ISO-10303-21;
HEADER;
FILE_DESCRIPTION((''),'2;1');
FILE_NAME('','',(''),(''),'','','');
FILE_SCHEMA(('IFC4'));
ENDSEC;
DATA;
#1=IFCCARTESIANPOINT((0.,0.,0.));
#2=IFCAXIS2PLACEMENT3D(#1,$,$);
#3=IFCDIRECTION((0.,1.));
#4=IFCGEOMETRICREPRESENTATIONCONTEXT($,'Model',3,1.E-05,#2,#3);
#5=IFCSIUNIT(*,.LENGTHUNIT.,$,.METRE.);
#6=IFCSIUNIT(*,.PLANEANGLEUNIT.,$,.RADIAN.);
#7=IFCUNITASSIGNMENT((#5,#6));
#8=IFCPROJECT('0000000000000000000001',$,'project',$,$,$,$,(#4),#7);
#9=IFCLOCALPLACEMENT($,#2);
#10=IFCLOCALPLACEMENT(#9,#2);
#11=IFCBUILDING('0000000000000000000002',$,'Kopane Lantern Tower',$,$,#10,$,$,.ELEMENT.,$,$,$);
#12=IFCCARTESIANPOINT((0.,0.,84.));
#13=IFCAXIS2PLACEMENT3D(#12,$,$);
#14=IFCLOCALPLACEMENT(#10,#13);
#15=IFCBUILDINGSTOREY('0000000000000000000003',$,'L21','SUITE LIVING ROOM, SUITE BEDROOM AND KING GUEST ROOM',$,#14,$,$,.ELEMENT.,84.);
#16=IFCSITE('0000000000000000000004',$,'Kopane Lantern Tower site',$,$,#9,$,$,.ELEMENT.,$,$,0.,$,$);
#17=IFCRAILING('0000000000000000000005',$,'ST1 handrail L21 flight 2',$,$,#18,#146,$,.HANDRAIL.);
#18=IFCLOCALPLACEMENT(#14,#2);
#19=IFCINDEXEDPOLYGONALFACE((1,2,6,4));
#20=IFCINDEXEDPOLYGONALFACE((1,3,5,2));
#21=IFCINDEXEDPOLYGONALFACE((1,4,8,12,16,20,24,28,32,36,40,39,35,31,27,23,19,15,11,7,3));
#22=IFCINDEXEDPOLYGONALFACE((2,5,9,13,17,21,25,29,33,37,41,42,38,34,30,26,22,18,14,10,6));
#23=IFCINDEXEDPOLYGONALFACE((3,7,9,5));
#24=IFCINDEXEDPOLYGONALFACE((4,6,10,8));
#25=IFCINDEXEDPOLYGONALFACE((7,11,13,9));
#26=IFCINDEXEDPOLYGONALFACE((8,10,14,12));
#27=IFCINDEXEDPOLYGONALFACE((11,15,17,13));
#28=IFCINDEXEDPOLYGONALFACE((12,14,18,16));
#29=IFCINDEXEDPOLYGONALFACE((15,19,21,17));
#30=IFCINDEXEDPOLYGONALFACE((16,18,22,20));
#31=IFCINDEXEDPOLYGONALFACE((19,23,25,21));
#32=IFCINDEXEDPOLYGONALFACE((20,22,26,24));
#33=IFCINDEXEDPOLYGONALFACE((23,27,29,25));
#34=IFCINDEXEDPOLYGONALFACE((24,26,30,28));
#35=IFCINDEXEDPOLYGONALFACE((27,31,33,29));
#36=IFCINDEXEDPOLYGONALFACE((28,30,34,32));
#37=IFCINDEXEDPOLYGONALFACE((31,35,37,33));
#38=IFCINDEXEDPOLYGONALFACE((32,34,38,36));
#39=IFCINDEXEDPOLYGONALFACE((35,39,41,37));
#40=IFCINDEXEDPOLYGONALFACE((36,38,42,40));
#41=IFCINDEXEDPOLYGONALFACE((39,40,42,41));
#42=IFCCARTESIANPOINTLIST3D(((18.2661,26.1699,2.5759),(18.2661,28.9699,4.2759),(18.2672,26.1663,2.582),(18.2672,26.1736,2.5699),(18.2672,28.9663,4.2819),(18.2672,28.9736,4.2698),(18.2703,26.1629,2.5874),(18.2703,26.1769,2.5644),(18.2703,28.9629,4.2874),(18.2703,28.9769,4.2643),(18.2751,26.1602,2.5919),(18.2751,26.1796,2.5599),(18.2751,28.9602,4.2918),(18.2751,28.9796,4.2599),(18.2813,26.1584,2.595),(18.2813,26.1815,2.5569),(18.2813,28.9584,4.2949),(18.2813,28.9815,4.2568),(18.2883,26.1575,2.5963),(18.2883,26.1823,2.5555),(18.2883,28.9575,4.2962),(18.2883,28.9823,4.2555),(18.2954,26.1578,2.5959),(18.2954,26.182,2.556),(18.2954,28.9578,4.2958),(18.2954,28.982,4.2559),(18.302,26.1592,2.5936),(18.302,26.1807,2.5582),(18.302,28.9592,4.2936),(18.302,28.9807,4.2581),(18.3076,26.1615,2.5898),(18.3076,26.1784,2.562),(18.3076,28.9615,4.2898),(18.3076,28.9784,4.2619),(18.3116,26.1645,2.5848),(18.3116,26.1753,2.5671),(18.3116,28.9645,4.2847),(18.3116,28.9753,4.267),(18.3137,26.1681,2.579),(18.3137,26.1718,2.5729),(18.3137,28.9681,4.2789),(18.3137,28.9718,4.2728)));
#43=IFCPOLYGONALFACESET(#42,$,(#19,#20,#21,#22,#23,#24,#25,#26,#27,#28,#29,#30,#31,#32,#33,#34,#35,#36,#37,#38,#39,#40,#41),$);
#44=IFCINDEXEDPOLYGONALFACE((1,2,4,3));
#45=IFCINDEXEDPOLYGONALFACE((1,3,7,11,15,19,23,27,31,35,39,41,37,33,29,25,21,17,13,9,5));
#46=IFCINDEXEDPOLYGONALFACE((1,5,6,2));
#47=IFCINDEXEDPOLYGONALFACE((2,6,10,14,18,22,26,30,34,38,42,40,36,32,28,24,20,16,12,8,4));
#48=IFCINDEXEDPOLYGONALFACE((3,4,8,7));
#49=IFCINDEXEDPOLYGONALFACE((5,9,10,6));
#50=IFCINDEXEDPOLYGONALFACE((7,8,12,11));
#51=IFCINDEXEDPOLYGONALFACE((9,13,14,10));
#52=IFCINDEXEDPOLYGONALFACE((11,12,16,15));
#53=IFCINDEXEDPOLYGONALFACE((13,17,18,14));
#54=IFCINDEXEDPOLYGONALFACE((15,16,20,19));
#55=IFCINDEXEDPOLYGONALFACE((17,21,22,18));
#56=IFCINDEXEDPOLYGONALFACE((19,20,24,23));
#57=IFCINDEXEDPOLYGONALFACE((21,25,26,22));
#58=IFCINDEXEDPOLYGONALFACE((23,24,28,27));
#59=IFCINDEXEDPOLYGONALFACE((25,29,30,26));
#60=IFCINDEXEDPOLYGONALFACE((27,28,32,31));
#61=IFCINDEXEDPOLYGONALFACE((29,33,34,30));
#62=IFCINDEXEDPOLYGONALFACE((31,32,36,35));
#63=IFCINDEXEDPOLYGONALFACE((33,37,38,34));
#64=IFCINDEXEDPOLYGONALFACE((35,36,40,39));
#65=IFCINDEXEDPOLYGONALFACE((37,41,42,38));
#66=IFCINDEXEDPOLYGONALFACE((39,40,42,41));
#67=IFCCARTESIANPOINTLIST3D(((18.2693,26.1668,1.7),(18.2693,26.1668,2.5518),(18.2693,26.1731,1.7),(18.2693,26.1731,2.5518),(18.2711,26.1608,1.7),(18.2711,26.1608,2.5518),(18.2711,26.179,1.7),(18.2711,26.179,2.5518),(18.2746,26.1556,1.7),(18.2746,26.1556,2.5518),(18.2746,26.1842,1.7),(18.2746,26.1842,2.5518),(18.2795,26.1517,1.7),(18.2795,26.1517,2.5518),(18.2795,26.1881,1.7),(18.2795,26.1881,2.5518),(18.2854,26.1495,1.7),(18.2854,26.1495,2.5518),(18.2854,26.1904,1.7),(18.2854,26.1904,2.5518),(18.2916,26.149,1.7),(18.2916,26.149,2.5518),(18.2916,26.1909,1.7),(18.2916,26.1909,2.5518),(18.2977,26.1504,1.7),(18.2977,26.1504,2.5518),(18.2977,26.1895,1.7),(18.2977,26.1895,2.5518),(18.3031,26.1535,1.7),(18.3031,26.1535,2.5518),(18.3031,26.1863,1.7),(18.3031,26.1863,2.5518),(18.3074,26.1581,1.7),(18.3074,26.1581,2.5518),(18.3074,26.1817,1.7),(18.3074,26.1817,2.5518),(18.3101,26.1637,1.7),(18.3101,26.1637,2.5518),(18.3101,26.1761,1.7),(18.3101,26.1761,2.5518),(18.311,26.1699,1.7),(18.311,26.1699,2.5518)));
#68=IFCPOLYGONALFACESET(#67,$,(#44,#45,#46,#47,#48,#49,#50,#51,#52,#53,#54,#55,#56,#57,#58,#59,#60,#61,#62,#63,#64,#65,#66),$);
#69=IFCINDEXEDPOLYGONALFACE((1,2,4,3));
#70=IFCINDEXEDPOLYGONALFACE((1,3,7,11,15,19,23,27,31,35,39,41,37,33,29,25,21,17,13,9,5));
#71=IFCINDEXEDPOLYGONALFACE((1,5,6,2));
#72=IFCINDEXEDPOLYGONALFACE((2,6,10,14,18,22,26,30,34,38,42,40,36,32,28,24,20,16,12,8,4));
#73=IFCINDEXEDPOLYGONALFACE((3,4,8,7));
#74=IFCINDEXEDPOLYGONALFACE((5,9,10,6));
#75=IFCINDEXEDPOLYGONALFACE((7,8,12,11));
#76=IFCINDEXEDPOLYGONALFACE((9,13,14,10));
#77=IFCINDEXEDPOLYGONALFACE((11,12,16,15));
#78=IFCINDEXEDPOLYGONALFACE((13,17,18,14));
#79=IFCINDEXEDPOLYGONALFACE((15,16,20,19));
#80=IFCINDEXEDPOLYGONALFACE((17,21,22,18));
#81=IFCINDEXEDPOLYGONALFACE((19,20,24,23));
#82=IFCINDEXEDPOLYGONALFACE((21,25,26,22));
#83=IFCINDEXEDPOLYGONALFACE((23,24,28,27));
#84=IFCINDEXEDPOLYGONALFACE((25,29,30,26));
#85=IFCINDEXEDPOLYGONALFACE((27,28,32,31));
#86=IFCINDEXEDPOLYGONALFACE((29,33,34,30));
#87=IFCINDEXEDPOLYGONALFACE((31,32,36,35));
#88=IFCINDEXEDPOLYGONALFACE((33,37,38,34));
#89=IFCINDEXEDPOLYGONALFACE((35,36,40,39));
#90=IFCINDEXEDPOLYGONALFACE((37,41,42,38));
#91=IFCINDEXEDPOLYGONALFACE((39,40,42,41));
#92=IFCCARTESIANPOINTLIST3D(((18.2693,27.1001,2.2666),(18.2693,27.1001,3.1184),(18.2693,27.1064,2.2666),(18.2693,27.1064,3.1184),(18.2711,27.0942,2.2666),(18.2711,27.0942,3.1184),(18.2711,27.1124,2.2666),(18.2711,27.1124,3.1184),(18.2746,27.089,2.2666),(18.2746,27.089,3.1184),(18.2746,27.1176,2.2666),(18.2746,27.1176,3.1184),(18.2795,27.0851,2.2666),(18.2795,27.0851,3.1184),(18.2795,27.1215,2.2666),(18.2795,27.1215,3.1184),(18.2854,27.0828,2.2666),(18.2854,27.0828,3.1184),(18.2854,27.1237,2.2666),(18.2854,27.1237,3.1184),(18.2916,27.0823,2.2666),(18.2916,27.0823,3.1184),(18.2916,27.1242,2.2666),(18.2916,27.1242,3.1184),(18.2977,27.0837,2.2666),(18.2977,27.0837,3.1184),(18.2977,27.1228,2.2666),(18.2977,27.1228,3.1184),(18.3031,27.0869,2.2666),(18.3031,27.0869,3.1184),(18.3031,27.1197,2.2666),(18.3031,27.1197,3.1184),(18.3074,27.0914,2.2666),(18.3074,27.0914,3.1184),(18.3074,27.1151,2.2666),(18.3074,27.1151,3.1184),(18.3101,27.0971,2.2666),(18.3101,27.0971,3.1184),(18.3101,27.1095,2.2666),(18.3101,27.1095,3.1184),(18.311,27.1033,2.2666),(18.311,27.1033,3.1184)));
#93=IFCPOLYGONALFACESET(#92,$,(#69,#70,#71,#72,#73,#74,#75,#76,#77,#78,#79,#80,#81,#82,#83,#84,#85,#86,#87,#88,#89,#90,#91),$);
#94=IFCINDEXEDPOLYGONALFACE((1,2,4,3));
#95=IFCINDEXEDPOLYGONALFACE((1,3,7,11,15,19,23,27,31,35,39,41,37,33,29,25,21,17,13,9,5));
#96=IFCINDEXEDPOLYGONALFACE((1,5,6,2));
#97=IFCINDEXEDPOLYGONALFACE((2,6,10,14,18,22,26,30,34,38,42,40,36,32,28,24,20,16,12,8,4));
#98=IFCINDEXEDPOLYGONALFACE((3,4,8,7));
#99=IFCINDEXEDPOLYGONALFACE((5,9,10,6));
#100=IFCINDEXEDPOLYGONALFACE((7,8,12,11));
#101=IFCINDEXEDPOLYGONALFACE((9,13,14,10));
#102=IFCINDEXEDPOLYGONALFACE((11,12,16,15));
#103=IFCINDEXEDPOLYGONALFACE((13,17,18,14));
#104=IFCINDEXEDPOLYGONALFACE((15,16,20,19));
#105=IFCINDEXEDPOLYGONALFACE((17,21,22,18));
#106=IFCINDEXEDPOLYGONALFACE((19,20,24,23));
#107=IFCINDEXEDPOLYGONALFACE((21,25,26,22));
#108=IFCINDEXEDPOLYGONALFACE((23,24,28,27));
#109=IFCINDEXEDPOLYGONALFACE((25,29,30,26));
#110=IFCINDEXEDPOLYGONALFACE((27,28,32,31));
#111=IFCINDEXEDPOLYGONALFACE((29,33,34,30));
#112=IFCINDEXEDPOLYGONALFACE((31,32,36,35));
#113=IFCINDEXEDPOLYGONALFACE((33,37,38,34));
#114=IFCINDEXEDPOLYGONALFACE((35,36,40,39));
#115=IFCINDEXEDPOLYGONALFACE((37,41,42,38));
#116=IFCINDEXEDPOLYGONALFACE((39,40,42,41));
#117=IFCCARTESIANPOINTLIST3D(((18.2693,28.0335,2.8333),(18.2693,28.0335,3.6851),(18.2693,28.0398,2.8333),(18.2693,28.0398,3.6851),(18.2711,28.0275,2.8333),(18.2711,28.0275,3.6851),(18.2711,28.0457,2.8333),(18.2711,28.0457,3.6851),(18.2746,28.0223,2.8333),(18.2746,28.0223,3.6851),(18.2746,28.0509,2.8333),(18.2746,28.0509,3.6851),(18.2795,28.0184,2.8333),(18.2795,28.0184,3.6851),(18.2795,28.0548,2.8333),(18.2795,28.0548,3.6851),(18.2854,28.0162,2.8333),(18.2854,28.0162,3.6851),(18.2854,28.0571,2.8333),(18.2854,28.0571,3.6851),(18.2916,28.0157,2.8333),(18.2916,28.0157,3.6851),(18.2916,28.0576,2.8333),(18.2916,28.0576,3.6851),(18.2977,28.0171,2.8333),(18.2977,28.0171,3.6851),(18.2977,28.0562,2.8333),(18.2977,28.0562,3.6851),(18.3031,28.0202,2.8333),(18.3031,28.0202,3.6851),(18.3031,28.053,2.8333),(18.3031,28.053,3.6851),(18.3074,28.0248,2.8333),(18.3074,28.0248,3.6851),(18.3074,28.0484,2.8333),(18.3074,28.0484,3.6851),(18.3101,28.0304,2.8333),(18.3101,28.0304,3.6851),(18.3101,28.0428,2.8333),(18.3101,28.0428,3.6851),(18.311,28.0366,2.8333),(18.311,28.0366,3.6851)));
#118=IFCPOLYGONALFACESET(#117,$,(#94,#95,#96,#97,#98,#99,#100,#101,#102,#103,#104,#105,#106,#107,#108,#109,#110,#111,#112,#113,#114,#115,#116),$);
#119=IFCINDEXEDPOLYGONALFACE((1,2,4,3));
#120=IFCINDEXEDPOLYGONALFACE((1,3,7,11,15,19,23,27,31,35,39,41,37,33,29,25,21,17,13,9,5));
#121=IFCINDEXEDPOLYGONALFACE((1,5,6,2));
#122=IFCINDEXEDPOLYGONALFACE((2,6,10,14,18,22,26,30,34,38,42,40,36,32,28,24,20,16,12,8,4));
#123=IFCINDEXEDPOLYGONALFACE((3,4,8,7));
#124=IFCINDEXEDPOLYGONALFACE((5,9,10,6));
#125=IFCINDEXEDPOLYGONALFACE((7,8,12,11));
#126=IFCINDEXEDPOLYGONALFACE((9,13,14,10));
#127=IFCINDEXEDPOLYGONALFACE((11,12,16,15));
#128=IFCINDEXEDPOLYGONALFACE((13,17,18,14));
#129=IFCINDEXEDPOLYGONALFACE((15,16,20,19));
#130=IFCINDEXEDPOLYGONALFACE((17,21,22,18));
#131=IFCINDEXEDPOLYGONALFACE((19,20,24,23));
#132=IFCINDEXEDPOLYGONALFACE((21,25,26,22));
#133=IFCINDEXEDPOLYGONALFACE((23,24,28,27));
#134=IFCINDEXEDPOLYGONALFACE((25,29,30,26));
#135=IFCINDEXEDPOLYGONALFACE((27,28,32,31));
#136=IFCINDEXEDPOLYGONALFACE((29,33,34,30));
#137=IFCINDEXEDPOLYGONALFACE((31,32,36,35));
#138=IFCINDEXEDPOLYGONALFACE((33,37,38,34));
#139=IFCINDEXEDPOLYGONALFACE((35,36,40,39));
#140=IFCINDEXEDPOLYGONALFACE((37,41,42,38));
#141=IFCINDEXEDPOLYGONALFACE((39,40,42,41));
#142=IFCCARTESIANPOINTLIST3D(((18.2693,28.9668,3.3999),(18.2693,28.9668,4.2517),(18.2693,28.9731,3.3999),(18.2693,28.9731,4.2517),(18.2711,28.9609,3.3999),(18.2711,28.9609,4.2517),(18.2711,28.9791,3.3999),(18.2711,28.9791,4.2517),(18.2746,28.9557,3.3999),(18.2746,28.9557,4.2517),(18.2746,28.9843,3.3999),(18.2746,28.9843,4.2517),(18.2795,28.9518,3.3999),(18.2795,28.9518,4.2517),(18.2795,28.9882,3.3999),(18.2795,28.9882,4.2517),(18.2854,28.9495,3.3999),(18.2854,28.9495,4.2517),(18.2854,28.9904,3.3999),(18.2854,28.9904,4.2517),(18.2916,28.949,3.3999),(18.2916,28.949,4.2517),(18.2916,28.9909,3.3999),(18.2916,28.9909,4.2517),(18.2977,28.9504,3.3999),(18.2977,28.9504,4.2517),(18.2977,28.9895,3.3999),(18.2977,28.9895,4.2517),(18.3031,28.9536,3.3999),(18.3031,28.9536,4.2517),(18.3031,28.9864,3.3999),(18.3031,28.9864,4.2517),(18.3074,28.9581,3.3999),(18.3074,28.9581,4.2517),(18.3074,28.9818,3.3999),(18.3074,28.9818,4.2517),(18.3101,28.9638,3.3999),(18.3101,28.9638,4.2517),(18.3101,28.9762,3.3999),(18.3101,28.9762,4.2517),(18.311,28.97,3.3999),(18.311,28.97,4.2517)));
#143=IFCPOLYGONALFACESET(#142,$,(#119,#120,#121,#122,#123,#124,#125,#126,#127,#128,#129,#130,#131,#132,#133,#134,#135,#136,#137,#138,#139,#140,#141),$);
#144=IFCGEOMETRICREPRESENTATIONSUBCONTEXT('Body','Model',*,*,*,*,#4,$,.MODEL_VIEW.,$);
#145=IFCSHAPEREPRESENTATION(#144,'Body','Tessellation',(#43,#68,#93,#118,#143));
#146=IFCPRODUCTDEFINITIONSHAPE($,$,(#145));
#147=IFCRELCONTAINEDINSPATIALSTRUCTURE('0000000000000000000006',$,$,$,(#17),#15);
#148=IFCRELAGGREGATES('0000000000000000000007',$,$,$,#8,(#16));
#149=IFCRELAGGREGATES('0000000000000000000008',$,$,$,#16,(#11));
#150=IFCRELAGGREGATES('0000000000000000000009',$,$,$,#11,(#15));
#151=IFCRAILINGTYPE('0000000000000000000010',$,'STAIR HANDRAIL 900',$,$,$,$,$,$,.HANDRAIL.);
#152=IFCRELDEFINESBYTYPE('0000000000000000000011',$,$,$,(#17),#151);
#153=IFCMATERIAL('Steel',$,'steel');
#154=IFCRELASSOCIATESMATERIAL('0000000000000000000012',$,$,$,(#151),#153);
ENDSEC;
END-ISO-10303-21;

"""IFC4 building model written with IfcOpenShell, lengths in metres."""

from ifc_helpers import new_model, si_unit, direction, frame, origin, origin_2d, place, context, subcontext, project, spatial, circle, extrude, material, type_object, element, save


model = new_model("IFC4")

# Units and contexts
model_context = context("Model", 3, precision=1e-05, world=origin(), true_north=direction((0.0, 1.0)))
body_context = subcontext(model_context, "Body", "Model", "MODEL_VIEW")
ifc_project = project(units=[si_unit("LENGTHUNIT", "METRE"), si_unit("PLANEANGLEUNIT", "RADIAN")], contexts=[model_context])

# Site, building, storey
site_placement = place(None, origin())
site = spatial("IfcSite", under=ifc_project, at=site_placement, Name="Kopane Lantern Tower site", CompositionType="ELEMENT", RefElevation=0.0)
building_placement = place(site_placement, origin())
building = spatial("IfcBuilding", under=site, at=building_placement, Name="Kopane Lantern Tower", CompositionType="ELEMENT")
storey_placement = place(building_placement, frame((0.0, 0.0, 84.0)))
storey = spatial("IfcBuildingStorey", under=building, at=storey_placement, Name="L21", Description="SUITE LIVING ROOM, SUITE BEDROOM AND KING GUEST ROOM", CompositionType="ELEMENT", Elevation=84.0)

# Railing
ifc_material_1 = material(Name="Steel", Category="steel")
railing_type_1 = type_object("IfcRailingType", Name="STAIR HANDRAIL 900", PredefinedType="HANDRAIL", material=ifc_material_1)
for number, where, name in (
    (1, (18.29, 26.1699, 1.7), "ST1 handrail L21 flight 2"),
):
    element("IfcRailing", number, at=place(storey_placement, frame(where)), inside=storey, type_object=railing_type_1, Name=name, PredefinedType="HANDRAIL", context=body_context, shape_type="SweptSolid", body=[
        extrude(circle(Radius=0.0239, at=origin_2d()), frame((0.0, 0.0, 0.876), z_axis=(0.0, 0.854798, 0.518961), x_axis=(-1.0, 0.0, 0.0)), (0.0, 0.0, 1.0), 3.2756),
        extrude(circle(Radius=0.021, at=origin_2d()), origin(), (0.0, 0.0, 1.0), 0.8518),
        extrude(circle(Radius=0.021, at=origin_2d()), frame((0.0, 0.9333, 0.5667)), (0.0, 0.0, 1.0), 0.8518),
        extrude(circle(Radius=0.021, at=origin_2d()), frame((0.0, 1.8667, 1.1333)), (0.0, 0.0, 1.0), 0.8518),
        extrude(circle(Radius=0.021, at=origin_2d()), frame((0.0, 2.8, 1.7)), (0.0, 0.0, 1.0), 0.8518),
    ])

save(model, "model.ifc")
